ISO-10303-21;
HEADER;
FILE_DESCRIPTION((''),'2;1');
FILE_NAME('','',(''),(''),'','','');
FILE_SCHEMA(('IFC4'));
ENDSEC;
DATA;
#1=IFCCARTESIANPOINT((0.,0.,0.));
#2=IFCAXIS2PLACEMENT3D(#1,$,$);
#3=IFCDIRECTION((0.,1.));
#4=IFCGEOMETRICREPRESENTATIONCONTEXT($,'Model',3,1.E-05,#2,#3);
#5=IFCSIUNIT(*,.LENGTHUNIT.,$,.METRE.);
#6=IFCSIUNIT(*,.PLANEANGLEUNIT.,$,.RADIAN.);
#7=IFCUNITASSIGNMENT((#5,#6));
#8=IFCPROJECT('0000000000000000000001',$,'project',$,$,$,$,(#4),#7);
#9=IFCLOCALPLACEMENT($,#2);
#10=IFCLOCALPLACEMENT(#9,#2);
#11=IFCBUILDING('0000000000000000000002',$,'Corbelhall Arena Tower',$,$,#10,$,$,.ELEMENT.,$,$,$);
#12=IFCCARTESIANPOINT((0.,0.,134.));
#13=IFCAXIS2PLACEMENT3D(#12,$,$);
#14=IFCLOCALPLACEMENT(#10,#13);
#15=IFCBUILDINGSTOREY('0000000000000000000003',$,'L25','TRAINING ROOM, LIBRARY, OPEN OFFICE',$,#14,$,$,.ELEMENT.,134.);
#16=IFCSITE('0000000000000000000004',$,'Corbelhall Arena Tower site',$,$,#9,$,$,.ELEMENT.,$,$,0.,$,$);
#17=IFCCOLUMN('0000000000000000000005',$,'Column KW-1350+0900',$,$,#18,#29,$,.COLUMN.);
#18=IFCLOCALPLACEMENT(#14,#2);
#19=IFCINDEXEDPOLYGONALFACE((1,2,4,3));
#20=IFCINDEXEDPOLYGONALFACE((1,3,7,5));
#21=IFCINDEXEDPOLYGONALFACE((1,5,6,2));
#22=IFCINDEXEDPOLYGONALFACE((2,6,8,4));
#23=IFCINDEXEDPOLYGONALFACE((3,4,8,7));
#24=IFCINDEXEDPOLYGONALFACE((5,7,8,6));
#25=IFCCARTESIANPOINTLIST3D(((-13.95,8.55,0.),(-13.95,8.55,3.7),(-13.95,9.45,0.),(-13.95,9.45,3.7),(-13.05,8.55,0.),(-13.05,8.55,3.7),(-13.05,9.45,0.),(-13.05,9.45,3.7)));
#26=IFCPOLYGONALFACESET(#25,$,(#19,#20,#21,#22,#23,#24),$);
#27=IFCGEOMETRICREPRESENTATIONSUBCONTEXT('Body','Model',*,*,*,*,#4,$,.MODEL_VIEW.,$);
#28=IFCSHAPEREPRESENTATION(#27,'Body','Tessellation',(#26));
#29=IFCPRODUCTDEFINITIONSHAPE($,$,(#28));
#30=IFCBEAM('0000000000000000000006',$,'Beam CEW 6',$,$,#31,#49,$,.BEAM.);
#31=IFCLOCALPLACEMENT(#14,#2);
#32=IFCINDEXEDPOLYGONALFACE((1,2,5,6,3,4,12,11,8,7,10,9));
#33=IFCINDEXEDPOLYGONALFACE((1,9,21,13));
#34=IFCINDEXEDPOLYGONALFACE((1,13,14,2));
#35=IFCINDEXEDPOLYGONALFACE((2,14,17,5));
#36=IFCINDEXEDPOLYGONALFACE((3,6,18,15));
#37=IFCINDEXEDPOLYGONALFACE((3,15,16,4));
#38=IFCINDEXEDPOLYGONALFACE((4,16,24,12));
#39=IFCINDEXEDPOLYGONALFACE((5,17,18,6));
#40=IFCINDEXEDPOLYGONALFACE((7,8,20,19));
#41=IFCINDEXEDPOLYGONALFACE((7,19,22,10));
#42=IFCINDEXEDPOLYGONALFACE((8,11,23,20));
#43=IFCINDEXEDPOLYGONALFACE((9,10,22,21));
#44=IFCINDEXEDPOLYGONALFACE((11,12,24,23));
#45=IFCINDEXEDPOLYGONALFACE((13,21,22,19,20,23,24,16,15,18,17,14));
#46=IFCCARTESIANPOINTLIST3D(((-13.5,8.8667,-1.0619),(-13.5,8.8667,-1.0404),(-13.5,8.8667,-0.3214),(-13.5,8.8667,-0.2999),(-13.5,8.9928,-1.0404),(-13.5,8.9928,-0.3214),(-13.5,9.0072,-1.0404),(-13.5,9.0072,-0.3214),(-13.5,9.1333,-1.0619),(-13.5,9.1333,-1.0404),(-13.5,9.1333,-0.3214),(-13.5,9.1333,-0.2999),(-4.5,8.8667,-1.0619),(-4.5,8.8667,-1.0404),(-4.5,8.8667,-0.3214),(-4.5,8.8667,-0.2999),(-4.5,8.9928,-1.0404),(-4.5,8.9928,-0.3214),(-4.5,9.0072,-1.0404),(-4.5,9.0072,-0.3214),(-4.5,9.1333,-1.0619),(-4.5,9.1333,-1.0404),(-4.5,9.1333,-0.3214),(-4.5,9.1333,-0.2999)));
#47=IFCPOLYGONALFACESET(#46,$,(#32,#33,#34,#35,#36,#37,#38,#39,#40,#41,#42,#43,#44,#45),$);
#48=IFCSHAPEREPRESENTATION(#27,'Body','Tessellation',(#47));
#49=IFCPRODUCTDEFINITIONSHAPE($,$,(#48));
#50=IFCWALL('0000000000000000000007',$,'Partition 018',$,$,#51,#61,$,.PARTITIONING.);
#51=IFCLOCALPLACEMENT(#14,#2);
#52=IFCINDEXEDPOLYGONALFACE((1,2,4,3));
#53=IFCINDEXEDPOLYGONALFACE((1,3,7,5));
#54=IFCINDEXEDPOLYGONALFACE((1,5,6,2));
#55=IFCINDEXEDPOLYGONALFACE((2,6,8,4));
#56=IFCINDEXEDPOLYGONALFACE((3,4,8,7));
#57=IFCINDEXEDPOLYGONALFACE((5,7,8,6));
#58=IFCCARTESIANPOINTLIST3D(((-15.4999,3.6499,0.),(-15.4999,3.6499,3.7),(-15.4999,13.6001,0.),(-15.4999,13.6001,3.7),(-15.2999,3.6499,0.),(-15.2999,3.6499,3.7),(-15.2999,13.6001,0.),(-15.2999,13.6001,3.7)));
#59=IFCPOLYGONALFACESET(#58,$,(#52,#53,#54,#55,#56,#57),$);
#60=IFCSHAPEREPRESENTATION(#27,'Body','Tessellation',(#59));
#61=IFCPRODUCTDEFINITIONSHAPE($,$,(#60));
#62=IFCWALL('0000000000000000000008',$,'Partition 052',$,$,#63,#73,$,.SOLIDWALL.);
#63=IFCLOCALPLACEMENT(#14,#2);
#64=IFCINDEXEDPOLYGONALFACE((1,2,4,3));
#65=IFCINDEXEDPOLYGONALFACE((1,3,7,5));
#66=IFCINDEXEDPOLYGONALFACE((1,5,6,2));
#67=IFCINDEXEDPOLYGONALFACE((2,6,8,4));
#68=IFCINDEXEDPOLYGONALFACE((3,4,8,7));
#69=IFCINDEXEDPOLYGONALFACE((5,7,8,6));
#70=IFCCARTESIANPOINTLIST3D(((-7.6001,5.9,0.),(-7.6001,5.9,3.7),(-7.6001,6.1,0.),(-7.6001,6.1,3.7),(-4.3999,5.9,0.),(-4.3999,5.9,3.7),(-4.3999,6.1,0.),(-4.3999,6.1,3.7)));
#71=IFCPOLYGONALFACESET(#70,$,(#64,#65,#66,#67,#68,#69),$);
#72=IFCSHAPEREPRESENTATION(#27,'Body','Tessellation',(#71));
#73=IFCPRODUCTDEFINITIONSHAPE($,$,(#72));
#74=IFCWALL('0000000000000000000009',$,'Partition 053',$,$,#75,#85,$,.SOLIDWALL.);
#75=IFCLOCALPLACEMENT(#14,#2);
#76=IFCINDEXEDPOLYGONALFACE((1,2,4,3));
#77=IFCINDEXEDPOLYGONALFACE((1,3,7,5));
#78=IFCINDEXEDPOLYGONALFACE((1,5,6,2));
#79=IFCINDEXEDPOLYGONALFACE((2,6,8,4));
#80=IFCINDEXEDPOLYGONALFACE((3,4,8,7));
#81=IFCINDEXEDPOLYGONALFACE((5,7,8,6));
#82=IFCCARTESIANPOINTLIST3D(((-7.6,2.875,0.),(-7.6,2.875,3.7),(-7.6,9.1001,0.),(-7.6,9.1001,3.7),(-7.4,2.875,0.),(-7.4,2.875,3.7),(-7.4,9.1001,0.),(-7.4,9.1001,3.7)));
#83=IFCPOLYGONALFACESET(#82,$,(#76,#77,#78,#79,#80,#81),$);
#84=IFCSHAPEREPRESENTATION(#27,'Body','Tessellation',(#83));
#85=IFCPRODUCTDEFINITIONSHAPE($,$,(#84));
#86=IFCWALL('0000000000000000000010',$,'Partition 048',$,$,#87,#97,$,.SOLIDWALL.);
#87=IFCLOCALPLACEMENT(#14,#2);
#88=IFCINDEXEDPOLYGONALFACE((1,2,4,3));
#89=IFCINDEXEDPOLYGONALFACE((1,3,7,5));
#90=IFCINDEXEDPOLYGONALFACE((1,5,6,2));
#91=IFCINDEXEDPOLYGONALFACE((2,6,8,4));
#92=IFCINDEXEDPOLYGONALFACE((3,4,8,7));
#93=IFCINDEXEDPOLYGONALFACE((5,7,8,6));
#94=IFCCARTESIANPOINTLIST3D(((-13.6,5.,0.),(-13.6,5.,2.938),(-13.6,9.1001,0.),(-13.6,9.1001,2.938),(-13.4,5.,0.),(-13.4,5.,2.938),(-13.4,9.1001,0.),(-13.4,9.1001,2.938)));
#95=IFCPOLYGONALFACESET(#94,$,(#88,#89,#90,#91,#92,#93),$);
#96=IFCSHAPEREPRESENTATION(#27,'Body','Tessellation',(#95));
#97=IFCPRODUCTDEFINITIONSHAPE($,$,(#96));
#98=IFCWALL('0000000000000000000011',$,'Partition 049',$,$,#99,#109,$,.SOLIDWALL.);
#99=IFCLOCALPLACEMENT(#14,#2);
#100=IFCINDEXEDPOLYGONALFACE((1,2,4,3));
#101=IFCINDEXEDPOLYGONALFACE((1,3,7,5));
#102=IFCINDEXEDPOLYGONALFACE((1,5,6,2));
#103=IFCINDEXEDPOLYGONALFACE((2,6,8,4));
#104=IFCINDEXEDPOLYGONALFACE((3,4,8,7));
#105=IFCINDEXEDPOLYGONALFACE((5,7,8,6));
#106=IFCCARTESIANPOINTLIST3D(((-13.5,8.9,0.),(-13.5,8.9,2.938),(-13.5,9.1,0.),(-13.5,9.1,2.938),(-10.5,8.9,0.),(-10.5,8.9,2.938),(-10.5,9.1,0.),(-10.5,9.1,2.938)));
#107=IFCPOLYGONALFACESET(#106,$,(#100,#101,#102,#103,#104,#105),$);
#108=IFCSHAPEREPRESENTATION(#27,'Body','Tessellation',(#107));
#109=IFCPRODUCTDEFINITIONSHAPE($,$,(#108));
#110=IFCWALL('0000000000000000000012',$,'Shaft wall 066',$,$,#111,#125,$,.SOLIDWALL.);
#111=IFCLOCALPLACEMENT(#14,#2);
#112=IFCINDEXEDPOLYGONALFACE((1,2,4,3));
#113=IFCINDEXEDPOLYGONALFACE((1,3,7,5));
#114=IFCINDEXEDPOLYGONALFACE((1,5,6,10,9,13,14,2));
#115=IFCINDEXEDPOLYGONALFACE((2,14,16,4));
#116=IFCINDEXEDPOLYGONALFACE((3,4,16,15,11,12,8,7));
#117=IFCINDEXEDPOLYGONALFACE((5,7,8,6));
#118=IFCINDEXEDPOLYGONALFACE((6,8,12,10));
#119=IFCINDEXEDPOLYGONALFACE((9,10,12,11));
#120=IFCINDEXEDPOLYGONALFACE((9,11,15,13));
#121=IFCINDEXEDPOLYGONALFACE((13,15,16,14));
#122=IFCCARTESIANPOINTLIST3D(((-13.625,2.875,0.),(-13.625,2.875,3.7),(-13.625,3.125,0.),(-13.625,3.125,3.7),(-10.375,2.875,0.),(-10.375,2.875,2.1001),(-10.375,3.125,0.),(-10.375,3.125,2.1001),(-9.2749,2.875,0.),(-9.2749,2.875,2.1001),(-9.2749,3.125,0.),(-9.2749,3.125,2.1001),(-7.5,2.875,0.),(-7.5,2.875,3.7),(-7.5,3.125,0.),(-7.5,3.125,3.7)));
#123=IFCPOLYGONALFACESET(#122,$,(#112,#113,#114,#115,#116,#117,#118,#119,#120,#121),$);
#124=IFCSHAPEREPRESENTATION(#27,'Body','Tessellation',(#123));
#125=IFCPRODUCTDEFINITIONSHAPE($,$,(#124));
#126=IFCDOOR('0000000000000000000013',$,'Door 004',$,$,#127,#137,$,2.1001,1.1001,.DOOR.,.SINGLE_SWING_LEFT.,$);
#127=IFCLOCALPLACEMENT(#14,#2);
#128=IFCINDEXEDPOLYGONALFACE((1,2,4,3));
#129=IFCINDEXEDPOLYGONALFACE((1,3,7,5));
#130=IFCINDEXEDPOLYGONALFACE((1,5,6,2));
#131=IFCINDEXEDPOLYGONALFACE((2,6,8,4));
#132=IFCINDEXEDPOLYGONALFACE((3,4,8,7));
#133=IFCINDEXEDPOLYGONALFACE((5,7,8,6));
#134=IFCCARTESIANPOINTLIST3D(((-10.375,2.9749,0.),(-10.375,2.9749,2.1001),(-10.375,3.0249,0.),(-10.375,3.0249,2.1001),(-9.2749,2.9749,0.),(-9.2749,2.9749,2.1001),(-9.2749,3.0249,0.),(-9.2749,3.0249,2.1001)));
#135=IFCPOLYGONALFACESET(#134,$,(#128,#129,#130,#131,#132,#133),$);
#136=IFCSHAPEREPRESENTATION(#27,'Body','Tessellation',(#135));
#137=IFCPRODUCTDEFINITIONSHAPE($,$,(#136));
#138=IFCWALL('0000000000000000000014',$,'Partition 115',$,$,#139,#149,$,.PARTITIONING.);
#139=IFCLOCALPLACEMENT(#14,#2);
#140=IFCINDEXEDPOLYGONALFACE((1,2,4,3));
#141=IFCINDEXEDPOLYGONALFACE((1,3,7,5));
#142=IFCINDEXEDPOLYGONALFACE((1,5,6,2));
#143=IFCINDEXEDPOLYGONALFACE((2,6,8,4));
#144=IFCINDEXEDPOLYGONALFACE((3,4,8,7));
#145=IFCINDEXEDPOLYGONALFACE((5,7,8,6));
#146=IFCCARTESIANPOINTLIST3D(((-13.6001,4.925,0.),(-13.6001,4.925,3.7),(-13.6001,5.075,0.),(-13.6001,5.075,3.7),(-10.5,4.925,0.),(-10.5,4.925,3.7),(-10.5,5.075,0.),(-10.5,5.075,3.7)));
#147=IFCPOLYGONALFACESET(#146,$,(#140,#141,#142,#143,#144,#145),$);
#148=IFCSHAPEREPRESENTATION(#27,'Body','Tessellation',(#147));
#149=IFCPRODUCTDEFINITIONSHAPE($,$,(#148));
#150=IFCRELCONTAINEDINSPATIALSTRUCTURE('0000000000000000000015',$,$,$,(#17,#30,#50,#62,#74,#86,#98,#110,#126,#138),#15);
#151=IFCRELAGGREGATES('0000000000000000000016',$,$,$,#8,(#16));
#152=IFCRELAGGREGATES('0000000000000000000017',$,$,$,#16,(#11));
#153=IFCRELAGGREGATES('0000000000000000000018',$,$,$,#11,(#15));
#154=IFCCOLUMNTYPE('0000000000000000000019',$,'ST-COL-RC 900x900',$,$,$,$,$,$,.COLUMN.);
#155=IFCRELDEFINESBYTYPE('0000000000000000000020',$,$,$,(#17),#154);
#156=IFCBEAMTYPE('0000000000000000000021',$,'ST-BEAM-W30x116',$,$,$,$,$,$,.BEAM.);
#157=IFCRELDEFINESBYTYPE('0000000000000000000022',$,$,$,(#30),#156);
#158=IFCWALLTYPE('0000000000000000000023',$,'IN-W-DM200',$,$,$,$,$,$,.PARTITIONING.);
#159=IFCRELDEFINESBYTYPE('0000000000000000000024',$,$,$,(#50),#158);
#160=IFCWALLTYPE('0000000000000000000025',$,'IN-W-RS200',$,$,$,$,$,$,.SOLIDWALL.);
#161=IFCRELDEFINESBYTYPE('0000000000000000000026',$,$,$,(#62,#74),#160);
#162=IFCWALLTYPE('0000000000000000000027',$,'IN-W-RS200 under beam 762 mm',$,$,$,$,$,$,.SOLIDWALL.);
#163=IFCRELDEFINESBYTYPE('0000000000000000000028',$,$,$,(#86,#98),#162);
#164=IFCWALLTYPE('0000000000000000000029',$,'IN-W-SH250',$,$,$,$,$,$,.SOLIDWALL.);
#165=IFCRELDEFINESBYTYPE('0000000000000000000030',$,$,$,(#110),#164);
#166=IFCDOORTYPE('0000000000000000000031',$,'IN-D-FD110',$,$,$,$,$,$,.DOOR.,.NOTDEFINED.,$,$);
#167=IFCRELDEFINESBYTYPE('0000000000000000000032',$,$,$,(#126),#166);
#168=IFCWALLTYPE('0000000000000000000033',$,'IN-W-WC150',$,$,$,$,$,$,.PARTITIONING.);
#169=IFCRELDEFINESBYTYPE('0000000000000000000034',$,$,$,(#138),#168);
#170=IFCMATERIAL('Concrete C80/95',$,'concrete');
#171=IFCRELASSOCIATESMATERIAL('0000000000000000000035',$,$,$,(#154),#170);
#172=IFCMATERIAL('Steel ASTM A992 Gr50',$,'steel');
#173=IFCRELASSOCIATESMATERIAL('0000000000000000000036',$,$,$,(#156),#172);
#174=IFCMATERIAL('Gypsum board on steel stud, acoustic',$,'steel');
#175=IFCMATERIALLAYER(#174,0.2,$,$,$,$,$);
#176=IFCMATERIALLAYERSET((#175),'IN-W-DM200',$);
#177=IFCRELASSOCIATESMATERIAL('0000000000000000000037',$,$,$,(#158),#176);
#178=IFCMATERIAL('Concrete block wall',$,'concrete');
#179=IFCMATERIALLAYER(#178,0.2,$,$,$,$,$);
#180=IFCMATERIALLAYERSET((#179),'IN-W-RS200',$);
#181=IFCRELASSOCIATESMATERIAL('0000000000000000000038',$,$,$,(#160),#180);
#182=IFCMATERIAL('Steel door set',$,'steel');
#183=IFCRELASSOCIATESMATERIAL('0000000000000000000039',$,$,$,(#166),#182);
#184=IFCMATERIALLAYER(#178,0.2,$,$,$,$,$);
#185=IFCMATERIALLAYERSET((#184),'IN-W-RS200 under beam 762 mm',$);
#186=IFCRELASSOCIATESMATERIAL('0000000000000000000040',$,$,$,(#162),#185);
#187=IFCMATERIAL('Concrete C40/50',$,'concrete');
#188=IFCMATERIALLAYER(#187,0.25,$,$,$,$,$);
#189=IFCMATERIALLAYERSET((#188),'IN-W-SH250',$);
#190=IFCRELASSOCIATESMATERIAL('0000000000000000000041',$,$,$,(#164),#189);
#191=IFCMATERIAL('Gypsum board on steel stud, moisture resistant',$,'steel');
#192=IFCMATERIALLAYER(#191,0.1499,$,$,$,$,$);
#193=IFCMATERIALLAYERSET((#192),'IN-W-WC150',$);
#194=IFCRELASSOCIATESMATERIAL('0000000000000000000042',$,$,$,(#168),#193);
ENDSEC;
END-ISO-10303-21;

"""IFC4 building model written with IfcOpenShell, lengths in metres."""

from ifc_helpers import new_model, si_unit, direction, frame, frame_2d, origin, origin_2d, place, context, subcontext, project, spatial, rectangle, i_section, extrude, material, layer, layer_set, material_profile, profile_set, type_object, element, fill, save


model = new_model("IFC4")

# Units and contexts
model_context = context("Model", 3, precision=1e-05, world=origin(), true_north=direction((0.0, 1.0)))
body_context = subcontext(model_context, "Body", "Model", "MODEL_VIEW")
ifc_project = project(units=[si_unit("LENGTHUNIT", "METRE"), si_unit("PLANEANGLEUNIT", "RADIAN")], contexts=[model_context])

# Site, building, storey
site_placement = place(None, origin())
site = spatial("IfcSite", under=ifc_project, at=site_placement, Name="Corbelhall Arena Tower site", CompositionType="ELEMENT", RefElevation=0.0)
building_placement = place(site_placement, origin())
building = spatial("IfcBuilding", under=site, at=building_placement, Name="Corbelhall Arena Tower", CompositionType="ELEMENT")
storey_placement = place(building_placement, frame((0.0, 0.0, 134.0)))
storey = spatial("IfcBuildingStorey", under=building, at=storey_placement, Name="L25", Description="TRAINING ROOM, LIBRARY, OPEN OFFICE", CompositionType="ELEMENT", Elevation=134.0)

# Column
ifc_material_1 = material(Name="Concrete C80/95", Category="concrete")
ifc_material_profile_1 = material_profile(ifc_material_1, rectangle(XDim=0.8999, YDim=0.8999, at=origin_2d()))
ifc_profile_set_1 = profile_set([ifc_material_profile_1], Name="Concrete C80/95")
column_type = type_object("IfcColumnType", Name="ST-COL-RC 900x900", PredefinedType="COLUMN", material=ifc_profile_set_1)
column_placement = place(storey_placement, frame((-13.5, 9.0, 0.0), z_axis=(0.0, 0.0, 1.0), x_axis=(1.0, 0.0, 0.0)))
element("IfcColumn", 1, at=column_placement, inside=storey, type_object=column_type, Name="Column KW-1350+0900", PredefinedType="COLUMN", context=body_context, shape_type="SweptSolid", body=[
    extrude(rectangle(XDim=0.8999, YDim=0.8999, at=origin_2d()), origin(), (0.0, 0.0, 1.0), 3.7),
])

# Beam
ifc_material_2 = material(Name="Steel ASTM A992 Gr50", Category="steel")
ifc_material_profile_2 = material_profile(ifc_material_2, i_section(OverallWidth=0.2666, OverallDepth=0.762, WebThickness=0.0144, FlangeThickness=0.0215, at=origin_2d()))
ifc_profile_set_2 = profile_set([ifc_material_profile_2], Name="Steel ASTM A992 Gr50")
beam_type = type_object("IfcBeamType", Name="ST-BEAM-W30x116", PredefinedType="BEAM", material=ifc_profile_set_2)
beam_placement = place(storey_placement, frame((-13.5, 9.0, -0.6809), z_axis=(1.0, 0.0, 0.0), x_axis=(0.0, 1.0, 0.0)))
element("IfcBeam", 2, at=beam_placement, inside=storey, type_object=beam_type, Name="Beam CEW 6", PredefinedType="BEAM", context=body_context, shape_type="SweptSolid", body=[
    extrude(i_section(OverallWidth=0.2666, OverallDepth=0.762, WebThickness=0.0144, FlangeThickness=0.0215, at=origin_2d()), origin(), (0.0, 0.0, 1.0), 9.0),
])

# Shared definitions
ifc_material_3 = material(Name="Gypsum board on steel stud, acoustic", Category="steel")
ifc_layer_1 = layer(ifc_material_3, 0.2)
ifc_layer_set_1 = layer_set([ifc_layer_1], Name="IN-W-DM200")
wall_type_1 = type_object("IfcWallType", Name="IN-W-DM200", PredefinedType="PARTITIONING", material=ifc_layer_set_1)
ifc_material_4 = material(Name="Steel door set", Category="steel")

# Wall
wall_1_placement = place(storey_placement, frame((-15.3999, 3.6499, 0.0), z_axis=(0.0, 0.0, 1.0), x_axis=(0.0, 1.0, 0.0)))
element("IfcWall", 3, at=wall_1_placement, inside=storey, type_object=wall_type_1, Name="Partition 018", PredefinedType="PARTITIONING", context=body_context, shape_type="SweptSolid", body=[
    extrude(rectangle(XDim=9.9502, YDim=0.2, at=frame_2d((4.9751, 0.0))), origin(), (0.0, 0.0, 1.0), 3.7),
])

# Shared definitions
ifc_material_5 = material(Name="Concrete block wall", Category="concrete")
ifc_layer_2 = layer(ifc_material_5, 0.2)
ifc_layer_set_2 = layer_set([ifc_layer_2], Name="IN-W-RS200")
wall_type_2 = type_object("IfcWallType", Name="IN-W-RS200", PredefinedType="SOLIDWALL", material=ifc_layer_set_2)
door_type_1 = type_object("IfcDoorType", Name="IN-D-FD110", OperationType="NOTDEFINED", PredefinedType="DOOR", material=ifc_material_4)

# Walls
wall_2_placement = place(storey_placement, frame((-7.6001, 6.0, 0.0), z_axis=(0.0, 0.0, 1.0), x_axis=(1.0, 0.0, 0.0)))
element("IfcWall", 4, at=wall_2_placement, inside=storey, type_object=wall_type_2, Name="Partition 052", PredefinedType="SOLIDWALL", context=body_context, shape_type="SweptSolid", body=[
    extrude(rectangle(XDim=3.2002, YDim=0.2, at=frame_2d((1.6001, 0.0))), origin(), (0.0, 0.0, 1.0), 3.7),
])
wall_3_placement = place(storey_placement, frame((-7.5, 2.875, 0.0), z_axis=(0.0, 0.0, 1.0), x_axis=(0.0, 1.0, 0.0)))
element("IfcWall", 5, at=wall_3_placement, inside=storey, type_object=wall_type_2, Name="Partition 053", PredefinedType="SOLIDWALL", context=body_context, shape_type="SweptSolid", body=[
    extrude(rectangle(XDim=6.2251, YDim=0.2, at=frame_2d((3.1125, 0.0))), origin(), (0.0, 0.0, 1.0), 3.7),
])
ifc_layer_3 = layer(ifc_material_5, 0.2)
ifc_layer_set_3 = layer_set([ifc_layer_3], Name="IN-W-RS200 under beam 762 mm")
wall_type_3 = type_object("IfcWallType", Name="IN-W-RS200 under beam 762 mm", PredefinedType="SOLIDWALL", material=ifc_layer_set_3)
wall_4_placement = place(storey_placement, frame((-13.5, 5.0, 0.0), z_axis=(0.0, 0.0, 1.0), x_axis=(0.0, 1.0, 0.0)))
element("IfcWall", 6, at=wall_4_placement, inside=storey, type_object=wall_type_3, Name="Partition 048", PredefinedType="SOLIDWALL", context=body_context, shape_type="SweptSolid", body=[
    extrude(rectangle(XDim=4.1001, YDim=0.2, at=frame_2d((2.05, 0.0))), origin(), (0.0, 0.0, 1.0), 2.938),
])
wall_5_placement = place(storey_placement, frame((-13.5, 9.0, 0.0), z_axis=(0.0, 0.0, 1.0), x_axis=(1.0, 0.0, 0.0)))
element("IfcWall", 7, at=wall_5_placement, inside=storey, type_object=wall_type_3, Name="Partition 049", PredefinedType="SOLIDWALL", context=body_context, shape_type="SweptSolid", body=[
    extrude(rectangle(XDim=3.0, YDim=0.2, at=frame_2d((1.5, 0.0))), origin(), (0.0, 0.0, 1.0), 2.938),
])

# Wall, opening, door
ifc_material_6 = material(Name="Concrete C40/50", Category="concrete")
ifc_layer_4 = layer(ifc_material_6, 0.25)
ifc_layer_set_4 = layer_set([ifc_layer_4], Name="IN-W-SH250")
wall_type_4 = type_object("IfcWallType", Name="IN-W-SH250", PredefinedType="SOLIDWALL", material=ifc_layer_set_4)
wall_6_placement = place(storey_placement, frame((-13.625, 3.0, 0.0), z_axis=(0.0, 0.0, 1.0), x_axis=(1.0, 0.0, 0.0)))
wall_6 = element("IfcWall", 8, at=wall_6_placement, inside=storey, type_object=wall_type_4, Name="Shaft wall 066", PredefinedType="SOLIDWALL", context=body_context, shape_type="SweptSolid", body=[
    extrude(rectangle(XDim=6.125, YDim=0.25, at=frame_2d((3.0625, 0.0))), origin(), (0.0, 0.0, 1.0), 3.7),
])
opening_1_placement = place(wall_6_placement, frame((3.25, 0.0, 0.0)))
opening_1 = element("IfcOpeningElement", 9, at=opening_1_placement, cuts=wall_6, PredefinedType="OPENING", context=body_context, shape_type="SweptSolid", body=[
    extrude(rectangle(XDim=1.1001, YDim=2.1001, at=frame_2d((0.55, 1.05))), frame((0.0, 0.125, 0.0), z_axis=(0.0, -1.0, 0.0), x_axis=(1.0, 0.0, 0.0)), (0.0, 0.0, 1.0), 0.25),
])
door_1_placement = place(opening_1_placement, origin())
door_1 = element("IfcDoor", 10, at=door_1_placement, inside=storey, type_object=door_type_1, Name="Door 004", OperationType="SINGLE_SWING_LEFT", OverallHeight=2.1001, OverallWidth=1.1001, PredefinedType="DOOR", context=body_context, shape_type="SweptSolid", body=[
    extrude(rectangle(XDim=1.1001, YDim=2.1001, at=frame_2d((0.55, 1.05))), frame((0.0, 0.0249, 0.0), z_axis=(0.0, -1.0, 0.0), x_axis=(1.0, 0.0, 0.0)), (0.0, 0.0, 1.0), 0.05),
])
fill(opening_1, door_1)

# Wall
ifc_material_7 = material(Name="Gypsum board on steel stud, moisture resistant", Category="steel")
ifc_layer_5 = layer(ifc_material_7, 0.1499)
ifc_layer_set_5 = layer_set([ifc_layer_5], Name="IN-W-WC150")
wall_type_5 = type_object("IfcWallType", Name="IN-W-WC150", PredefinedType="PARTITIONING", material=ifc_layer_set_5)
wall_7_placement = place(storey_placement, frame((-13.6001, 5.0, 0.0), z_axis=(0.0, 0.0, 1.0), x_axis=(1.0, 0.0, 0.0)))
element("IfcWall", 11, at=wall_7_placement, inside=storey, type_object=wall_type_5, Name="Partition 115", PredefinedType="PARTITIONING", context=body_context, shape_type="SweptSolid", body=[
    extrude(rectangle(XDim=3.1001, YDim=0.1499, at=frame_2d((1.55, 0.0))), origin(), (0.0, 0.0, 1.0), 3.7),
])

save(model, "model.ifc")
